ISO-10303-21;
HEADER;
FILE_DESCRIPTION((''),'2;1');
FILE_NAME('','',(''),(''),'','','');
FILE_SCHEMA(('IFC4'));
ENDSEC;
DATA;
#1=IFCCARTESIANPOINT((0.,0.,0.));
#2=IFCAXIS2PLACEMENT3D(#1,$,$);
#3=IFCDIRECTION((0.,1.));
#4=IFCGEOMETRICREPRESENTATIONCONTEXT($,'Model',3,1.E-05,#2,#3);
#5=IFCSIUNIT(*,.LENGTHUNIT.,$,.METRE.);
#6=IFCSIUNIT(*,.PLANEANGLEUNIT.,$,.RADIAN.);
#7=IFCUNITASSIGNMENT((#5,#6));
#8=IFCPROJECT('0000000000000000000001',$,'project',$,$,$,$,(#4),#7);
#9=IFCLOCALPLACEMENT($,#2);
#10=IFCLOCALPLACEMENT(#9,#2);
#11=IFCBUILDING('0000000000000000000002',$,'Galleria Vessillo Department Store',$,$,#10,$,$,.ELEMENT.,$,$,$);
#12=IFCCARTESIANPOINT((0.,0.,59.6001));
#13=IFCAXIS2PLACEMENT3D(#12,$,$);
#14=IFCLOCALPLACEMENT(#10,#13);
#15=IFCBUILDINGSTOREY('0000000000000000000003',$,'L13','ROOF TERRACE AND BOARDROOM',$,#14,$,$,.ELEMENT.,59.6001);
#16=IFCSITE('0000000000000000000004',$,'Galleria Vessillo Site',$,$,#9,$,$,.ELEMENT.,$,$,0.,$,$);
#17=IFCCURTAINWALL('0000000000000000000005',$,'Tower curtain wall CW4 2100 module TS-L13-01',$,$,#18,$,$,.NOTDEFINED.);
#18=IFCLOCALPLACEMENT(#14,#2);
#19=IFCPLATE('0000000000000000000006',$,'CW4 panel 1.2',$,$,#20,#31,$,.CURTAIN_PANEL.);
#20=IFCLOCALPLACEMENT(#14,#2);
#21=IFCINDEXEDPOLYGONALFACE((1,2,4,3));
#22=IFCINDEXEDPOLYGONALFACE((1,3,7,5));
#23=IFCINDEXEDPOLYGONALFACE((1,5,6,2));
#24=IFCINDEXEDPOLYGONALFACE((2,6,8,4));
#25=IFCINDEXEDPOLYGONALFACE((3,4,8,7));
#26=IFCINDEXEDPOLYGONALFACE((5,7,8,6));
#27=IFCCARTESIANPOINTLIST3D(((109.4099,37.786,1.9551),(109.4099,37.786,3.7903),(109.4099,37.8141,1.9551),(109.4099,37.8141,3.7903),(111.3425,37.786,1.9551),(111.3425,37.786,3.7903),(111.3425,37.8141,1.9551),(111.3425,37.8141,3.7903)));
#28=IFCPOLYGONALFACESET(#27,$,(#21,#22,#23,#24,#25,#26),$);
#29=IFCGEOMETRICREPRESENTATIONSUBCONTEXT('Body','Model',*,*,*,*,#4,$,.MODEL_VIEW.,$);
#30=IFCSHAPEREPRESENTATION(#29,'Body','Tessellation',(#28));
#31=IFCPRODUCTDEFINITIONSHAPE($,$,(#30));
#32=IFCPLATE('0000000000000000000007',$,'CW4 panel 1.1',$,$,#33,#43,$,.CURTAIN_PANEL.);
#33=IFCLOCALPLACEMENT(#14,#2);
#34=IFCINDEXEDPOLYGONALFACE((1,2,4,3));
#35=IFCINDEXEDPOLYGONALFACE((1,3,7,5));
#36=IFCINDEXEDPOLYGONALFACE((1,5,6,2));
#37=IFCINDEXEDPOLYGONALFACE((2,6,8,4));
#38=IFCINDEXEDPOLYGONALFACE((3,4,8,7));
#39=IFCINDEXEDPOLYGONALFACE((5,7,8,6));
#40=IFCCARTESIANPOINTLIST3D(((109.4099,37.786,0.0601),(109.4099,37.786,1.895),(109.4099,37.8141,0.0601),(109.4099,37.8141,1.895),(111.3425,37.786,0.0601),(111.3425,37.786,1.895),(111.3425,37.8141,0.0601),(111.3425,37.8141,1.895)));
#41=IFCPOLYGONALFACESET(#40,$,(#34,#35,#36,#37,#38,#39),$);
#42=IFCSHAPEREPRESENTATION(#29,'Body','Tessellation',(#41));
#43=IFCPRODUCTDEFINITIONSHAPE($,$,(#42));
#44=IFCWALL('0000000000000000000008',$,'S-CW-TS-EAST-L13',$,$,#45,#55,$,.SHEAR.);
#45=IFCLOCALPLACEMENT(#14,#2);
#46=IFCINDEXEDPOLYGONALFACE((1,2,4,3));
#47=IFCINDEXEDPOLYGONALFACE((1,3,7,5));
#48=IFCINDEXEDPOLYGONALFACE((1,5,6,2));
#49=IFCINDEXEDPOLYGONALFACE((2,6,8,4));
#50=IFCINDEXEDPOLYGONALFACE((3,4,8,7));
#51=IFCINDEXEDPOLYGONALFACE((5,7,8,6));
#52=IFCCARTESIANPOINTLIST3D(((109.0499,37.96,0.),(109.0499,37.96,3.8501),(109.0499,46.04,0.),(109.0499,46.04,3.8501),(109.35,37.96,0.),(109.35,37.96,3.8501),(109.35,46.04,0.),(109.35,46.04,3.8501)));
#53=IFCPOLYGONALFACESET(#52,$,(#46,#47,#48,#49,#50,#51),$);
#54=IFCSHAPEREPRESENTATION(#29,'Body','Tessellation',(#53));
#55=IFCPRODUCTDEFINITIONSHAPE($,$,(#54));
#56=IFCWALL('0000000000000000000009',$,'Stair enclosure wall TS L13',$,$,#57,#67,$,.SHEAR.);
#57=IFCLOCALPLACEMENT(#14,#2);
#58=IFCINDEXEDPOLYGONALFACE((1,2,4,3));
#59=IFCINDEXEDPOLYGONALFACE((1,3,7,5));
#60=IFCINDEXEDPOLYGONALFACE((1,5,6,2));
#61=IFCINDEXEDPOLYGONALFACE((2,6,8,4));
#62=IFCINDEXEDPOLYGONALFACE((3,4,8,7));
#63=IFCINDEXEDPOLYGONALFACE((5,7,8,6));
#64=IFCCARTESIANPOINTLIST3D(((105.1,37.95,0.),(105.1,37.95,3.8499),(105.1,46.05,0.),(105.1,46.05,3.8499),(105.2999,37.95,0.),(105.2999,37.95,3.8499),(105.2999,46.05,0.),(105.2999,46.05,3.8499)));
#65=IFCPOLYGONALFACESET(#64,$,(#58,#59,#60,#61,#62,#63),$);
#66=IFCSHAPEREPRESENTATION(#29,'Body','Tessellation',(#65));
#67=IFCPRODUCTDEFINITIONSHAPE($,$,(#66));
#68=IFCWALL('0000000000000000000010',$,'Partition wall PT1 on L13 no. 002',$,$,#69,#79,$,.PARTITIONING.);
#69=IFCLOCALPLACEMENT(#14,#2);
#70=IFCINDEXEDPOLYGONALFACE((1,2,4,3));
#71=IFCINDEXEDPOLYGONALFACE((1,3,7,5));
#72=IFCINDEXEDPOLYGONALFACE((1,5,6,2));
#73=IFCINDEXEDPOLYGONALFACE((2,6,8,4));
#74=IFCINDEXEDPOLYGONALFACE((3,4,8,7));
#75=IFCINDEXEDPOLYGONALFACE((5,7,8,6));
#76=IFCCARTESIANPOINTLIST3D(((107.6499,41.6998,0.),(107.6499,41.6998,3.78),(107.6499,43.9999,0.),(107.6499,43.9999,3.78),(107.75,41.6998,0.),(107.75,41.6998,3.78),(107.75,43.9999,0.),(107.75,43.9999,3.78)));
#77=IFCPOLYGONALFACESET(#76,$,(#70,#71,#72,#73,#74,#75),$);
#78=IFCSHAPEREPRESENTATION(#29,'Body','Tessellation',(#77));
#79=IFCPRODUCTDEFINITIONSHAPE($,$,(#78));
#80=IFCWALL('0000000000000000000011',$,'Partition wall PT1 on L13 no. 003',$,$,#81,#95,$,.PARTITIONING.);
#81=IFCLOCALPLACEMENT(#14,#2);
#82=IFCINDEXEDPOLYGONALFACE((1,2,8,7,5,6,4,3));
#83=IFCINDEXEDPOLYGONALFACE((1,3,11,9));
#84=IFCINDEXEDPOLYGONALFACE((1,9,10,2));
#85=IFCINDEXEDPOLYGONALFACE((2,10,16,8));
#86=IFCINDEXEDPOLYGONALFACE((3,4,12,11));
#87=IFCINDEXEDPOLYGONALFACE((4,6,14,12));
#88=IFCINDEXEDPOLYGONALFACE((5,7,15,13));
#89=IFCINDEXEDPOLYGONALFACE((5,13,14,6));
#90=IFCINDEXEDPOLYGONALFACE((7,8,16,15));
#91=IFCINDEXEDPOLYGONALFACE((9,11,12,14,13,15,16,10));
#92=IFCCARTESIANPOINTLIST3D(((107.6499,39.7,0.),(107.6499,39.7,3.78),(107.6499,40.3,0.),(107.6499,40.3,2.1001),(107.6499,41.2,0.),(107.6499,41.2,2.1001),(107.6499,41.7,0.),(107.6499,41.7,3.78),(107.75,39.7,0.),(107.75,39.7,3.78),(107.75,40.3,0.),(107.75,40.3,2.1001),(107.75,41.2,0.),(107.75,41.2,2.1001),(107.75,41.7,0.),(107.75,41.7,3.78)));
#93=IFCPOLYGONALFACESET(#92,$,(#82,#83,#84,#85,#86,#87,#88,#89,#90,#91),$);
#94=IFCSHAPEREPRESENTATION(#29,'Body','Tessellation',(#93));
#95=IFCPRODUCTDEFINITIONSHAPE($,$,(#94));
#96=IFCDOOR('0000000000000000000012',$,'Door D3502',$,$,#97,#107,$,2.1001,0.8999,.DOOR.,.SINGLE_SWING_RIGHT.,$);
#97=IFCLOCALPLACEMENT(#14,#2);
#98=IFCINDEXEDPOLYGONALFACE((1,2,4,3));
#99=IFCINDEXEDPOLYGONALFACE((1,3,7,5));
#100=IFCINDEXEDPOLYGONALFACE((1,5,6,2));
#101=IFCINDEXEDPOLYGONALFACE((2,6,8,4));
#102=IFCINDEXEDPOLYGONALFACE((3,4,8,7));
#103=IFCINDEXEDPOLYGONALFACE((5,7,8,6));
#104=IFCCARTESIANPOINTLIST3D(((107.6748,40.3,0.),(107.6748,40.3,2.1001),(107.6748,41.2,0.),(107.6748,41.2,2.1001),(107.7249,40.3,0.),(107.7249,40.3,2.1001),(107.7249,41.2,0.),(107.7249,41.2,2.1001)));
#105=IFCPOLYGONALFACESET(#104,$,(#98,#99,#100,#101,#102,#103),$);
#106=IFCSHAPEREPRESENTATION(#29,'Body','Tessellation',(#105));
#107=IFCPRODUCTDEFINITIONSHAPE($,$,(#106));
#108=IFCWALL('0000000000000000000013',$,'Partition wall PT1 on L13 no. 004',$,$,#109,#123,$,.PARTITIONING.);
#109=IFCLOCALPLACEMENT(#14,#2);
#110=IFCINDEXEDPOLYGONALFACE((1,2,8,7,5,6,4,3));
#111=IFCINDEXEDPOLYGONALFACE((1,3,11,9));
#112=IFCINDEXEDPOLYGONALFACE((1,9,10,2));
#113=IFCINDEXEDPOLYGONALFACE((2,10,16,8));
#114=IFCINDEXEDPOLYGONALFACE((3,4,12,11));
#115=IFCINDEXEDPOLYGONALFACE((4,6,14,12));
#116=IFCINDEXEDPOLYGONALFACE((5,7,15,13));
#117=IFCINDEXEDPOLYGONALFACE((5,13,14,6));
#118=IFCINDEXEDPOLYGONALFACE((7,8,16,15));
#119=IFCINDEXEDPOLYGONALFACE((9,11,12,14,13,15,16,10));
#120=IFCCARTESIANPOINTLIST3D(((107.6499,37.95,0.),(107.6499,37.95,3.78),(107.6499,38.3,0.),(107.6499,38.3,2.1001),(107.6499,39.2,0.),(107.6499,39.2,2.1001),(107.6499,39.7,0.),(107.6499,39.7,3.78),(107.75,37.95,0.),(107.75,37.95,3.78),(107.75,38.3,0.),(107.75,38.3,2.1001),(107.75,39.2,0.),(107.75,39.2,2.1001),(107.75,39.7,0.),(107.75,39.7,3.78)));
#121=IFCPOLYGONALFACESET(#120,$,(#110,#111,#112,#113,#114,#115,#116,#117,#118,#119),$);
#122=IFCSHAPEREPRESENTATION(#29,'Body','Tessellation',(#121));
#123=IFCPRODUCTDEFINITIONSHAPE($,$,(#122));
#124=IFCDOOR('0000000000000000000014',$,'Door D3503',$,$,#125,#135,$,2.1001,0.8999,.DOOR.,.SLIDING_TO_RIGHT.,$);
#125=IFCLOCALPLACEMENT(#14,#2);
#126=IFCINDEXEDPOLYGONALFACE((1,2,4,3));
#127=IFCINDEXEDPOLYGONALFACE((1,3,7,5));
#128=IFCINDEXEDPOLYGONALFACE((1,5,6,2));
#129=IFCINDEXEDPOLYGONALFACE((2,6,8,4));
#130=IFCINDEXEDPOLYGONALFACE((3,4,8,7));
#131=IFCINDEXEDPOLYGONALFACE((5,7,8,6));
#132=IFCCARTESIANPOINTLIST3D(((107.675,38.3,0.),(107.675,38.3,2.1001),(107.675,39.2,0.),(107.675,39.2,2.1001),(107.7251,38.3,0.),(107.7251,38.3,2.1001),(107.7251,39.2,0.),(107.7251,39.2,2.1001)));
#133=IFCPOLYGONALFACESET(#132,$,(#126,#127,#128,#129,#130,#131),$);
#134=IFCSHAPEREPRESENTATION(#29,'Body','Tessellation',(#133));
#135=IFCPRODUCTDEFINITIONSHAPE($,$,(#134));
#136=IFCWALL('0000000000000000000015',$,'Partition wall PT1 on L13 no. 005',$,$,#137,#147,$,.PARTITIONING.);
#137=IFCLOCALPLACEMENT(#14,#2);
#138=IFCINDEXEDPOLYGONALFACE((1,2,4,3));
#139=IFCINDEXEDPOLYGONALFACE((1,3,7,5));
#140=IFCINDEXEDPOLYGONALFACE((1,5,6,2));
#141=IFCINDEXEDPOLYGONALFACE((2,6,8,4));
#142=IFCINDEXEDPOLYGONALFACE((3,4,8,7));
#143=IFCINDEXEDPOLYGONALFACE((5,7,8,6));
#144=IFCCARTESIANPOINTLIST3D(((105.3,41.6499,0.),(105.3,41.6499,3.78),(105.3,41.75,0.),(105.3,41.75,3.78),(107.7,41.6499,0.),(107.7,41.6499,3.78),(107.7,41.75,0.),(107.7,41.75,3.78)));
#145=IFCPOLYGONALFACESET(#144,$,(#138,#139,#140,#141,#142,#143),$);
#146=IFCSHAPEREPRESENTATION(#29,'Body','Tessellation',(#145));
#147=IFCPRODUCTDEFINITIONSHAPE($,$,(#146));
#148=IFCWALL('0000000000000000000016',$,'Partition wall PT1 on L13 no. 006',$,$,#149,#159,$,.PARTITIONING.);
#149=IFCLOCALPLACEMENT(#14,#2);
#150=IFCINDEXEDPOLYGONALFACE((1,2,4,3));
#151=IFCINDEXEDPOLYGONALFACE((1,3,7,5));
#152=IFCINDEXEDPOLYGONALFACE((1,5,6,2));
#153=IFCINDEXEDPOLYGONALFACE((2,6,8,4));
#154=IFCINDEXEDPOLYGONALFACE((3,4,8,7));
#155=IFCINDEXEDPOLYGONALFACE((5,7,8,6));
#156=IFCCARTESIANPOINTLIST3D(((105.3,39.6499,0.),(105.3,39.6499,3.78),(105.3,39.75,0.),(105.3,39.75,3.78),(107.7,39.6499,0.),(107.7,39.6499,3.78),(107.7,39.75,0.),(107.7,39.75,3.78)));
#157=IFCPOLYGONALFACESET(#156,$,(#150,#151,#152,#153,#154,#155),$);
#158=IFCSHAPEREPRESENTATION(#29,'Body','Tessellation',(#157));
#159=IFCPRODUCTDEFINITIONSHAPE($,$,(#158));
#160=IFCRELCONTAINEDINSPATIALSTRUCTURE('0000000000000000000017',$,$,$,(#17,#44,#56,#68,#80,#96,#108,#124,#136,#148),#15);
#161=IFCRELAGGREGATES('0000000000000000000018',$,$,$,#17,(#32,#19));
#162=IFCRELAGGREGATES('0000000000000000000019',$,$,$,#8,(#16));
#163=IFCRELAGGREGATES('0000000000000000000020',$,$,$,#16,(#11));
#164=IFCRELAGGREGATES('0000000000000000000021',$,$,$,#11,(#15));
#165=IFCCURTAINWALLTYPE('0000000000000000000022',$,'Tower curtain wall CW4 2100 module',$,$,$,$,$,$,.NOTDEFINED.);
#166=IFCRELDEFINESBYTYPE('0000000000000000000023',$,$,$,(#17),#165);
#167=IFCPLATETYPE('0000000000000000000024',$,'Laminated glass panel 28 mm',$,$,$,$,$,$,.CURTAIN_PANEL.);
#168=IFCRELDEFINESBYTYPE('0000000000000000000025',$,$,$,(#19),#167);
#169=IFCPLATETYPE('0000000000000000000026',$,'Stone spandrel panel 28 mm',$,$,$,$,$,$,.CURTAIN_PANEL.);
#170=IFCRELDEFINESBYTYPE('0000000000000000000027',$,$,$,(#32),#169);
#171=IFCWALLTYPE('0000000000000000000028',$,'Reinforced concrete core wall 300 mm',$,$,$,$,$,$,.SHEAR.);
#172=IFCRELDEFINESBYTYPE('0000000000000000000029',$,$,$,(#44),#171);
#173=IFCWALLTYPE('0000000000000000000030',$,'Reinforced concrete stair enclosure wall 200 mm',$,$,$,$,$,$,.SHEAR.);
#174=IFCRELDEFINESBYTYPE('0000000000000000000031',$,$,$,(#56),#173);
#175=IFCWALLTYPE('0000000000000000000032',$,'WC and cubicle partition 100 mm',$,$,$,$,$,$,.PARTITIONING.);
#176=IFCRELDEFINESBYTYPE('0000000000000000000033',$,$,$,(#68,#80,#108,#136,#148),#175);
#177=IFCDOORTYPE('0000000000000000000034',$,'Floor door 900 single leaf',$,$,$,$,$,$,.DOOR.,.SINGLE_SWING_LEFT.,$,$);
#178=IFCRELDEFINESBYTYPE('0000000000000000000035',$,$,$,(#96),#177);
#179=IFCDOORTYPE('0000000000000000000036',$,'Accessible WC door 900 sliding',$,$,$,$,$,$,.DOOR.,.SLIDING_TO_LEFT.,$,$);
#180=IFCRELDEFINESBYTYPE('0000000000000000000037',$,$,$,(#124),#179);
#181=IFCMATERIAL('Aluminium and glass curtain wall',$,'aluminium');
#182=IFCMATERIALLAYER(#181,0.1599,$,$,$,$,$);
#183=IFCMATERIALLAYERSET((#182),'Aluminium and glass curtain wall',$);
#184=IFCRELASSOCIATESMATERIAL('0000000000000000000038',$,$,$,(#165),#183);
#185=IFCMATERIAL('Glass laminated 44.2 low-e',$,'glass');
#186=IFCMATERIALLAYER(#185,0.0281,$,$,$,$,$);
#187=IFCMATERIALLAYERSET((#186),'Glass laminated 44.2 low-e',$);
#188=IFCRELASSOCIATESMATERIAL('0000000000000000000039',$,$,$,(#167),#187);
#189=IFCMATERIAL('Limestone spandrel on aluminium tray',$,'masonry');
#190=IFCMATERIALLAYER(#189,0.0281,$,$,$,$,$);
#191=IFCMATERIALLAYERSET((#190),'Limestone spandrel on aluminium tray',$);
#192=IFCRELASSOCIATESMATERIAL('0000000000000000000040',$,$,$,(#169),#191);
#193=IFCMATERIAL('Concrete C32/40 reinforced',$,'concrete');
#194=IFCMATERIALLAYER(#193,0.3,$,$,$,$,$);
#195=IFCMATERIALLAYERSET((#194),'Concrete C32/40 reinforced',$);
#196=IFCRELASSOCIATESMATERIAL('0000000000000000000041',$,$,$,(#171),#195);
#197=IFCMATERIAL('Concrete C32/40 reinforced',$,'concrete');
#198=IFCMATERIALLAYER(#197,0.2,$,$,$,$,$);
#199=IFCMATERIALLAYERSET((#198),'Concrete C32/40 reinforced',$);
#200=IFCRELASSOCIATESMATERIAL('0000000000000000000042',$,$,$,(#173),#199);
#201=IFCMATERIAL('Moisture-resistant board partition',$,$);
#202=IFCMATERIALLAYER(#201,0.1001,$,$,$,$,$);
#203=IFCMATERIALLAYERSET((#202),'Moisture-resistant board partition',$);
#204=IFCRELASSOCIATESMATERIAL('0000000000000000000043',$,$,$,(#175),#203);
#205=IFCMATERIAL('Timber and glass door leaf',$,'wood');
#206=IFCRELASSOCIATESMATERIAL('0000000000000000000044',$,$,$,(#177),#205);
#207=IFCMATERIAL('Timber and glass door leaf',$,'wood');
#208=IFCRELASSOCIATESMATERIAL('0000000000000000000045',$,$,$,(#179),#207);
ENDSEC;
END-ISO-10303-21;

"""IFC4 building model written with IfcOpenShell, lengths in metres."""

from ifc_helpers import new_model, si_unit, direction, frame, frame_2d, origin, origin_2d, place, context, subcontext, project, spatial, rectangle, extrude, material, layer, layer_set, type_object, element, fill, aggregate, save


model = new_model("IFC4")

# Units and contexts
model_context = context("Model", 3, precision=1e-05, world=origin(), true_north=direction((0.0, 1.0)))
body_context = subcontext(model_context, "Body", "Model", "MODEL_VIEW")
ifc_project = project(units=[si_unit("LENGTHUNIT", "METRE"), si_unit("PLANEANGLEUNIT", "RADIAN")], contexts=[model_context])

# Site, building, storey
site_placement = place(None, origin())
site = spatial("IfcSite", under=ifc_project, at=site_placement, Name="Galleria Vessillo Site", CompositionType="ELEMENT", RefElevation=0.0)
building_placement = place(site_placement, origin())
building = spatial("IfcBuilding", under=site, at=building_placement, Name="Galleria Vessillo Department Store", CompositionType="ELEMENT")
storey_placement = place(building_placement, frame((0.0, 0.0, 59.6001)))
storey = spatial("IfcBuildingStorey", under=building, at=storey_placement, Name="L13", Description="ROOF TERRACE AND BOARDROOM", CompositionType="ELEMENT", Elevation=59.6001)

# Curtain wall
ifc_material_1 = material(Name="Aluminium and glass curtain wall", Category="aluminium")
ifc_layer_1 = layer(ifc_material_1, 0.1599)
ifc_layer_set_1 = layer_set([ifc_layer_1], Name="Aluminium and glass curtain wall")
curtain_wall_type = type_object("IfcCurtainWallType", Name="Tower curtain wall CW4 2100 module", PredefinedType="NOTDEFINED", material=ifc_layer_set_1)
curtain_wall_placement = place(storey_placement, origin())
curtain_wall = element("IfcCurtainWall", 1, at=curtain_wall_placement, inside=storey, type_object=curtain_wall_type, Name="Tower curtain wall CW4 2100 module TS-L13-01", PredefinedType="NOTDEFINED")

# Plates
ifc_material_2 = material(Name="Glass laminated 44.2 low-e", Category="glass")
ifc_layer_2 = layer(ifc_material_2, 0.0281)
ifc_layer_set_2 = layer_set([ifc_layer_2], Name="Glass laminated 44.2 low-e")
plate_type_1 = type_object("IfcPlateType", Name="Laminated glass panel 28 mm", PredefinedType="CURTAIN_PANEL", material=ifc_layer_set_2)
plate_1_placement = place(storey_placement, frame((110.3762, 37.8, 1.9551), z_axis=(0.0, 0.0, 1.0), x_axis=(1.0, 0.0, 0.0)))
plate_1 = element("IfcPlate", 2, at=plate_1_placement, type_object=plate_type_1, Name="CW4 panel 1.2", PredefinedType="CURTAIN_PANEL", context=body_context, shape_type="SweptSolid", body=[
    extrude(rectangle(XDim=1.9326, YDim=0.0281, at=origin_2d()), origin(), (0.0, 0.0, 1.0), 1.8352),
])
ifc_material_3 = material(Name="Limestone spandrel on aluminium tray", Category="masonry")
ifc_layer_3 = layer(ifc_material_3, 0.0281)
ifc_layer_set_3 = layer_set([ifc_layer_3], Name="Limestone spandrel on aluminium tray")
plate_type_2 = type_object("IfcPlateType", Name="Stone spandrel panel 28 mm", PredefinedType="CURTAIN_PANEL", material=ifc_layer_set_3)
plate_2_placement = place(storey_placement, frame((110.3762, 37.8, 0.0601), z_axis=(0.0, 0.0, 1.0), x_axis=(1.0, 0.0, 0.0)))
plate_2 = element("IfcPlate", 3, at=plate_2_placement, type_object=plate_type_2, Name="CW4 panel 1.1", PredefinedType="CURTAIN_PANEL", context=body_context, shape_type="SweptSolid", body=[
    extrude(rectangle(XDim=1.9326, YDim=0.0281, at=origin_2d()), origin(), (0.0, 0.0, 1.0), 1.835),
])
aggregate(curtain_wall, [plate_2, plate_1])

# Walls
ifc_material_4 = material(Name="Concrete C32/40 reinforced", Category="concrete")
ifc_layer_4 = layer(ifc_material_4, 0.3)
ifc_layer_set_4 = layer_set([ifc_layer_4], Name="Concrete C32/40 reinforced")
wall_type_1 = type_object("IfcWallType", Name="Reinforced concrete core wall 300 mm", PredefinedType="SHEAR", material=ifc_layer_set_4)
wall_1_placement = place(storey_placement, frame((109.2, 37.96, 0.0), z_axis=(0.0, 0.0, 1.0), x_axis=(0.0, 1.0, 0.0)))
element("IfcWall", 4, at=wall_1_placement, inside=storey, type_object=wall_type_1, Name="S-CW-TS-EAST-L13", PredefinedType="SHEAR", context=body_context, shape_type="SweptSolid", body=[
    extrude(rectangle(XDim=8.0801, YDim=0.3, at=frame_2d((4.04, 0.0))), origin(), (0.0, 0.0, 1.0), 3.8501),
])
ifc_material_5 = material(Name="Concrete C32/40 reinforced", Category="concrete")
ifc_layer_5 = layer(ifc_material_5, 0.2)
ifc_layer_set_5 = layer_set([ifc_layer_5], Name="Concrete C32/40 reinforced")
wall_type_2 = type_object("IfcWallType", Name="Reinforced concrete stair enclosure wall 200 mm", PredefinedType="SHEAR", material=ifc_layer_set_5)
wall_2_placement = place(storey_placement, frame((105.2, 37.95, 0.0), z_axis=(0.0, 0.0, 1.0), x_axis=(0.0, 1.0, 0.0)))
element("IfcWall", 5, at=wall_2_placement, inside=storey, type_object=wall_type_2, Name="Stair enclosure wall TS L13", PredefinedType="SHEAR", context=body_context, shape_type="SweptSolid", body=[
    extrude(rectangle(XDim=8.1001, YDim=0.2, at=frame_2d((4.05, 0.0))), origin(), (0.0, 0.0, 1.0), 3.8499),
])
ifc_material_6 = material(Name="Moisture-resistant board partition")
ifc_layer_6 = layer(ifc_material_6, 0.1001)
ifc_layer_set_6 = layer_set([ifc_layer_6], Name="Moisture-resistant board partition")
wall_type_3 = type_object("IfcWallType", Name="WC and cubicle partition 100 mm", PredefinedType="PARTITIONING", material=ifc_layer_set_6)
wall_3_placement = place(storey_placement, frame((107.7, 41.7, 0.0), z_axis=(0.0, 0.0, 1.0), x_axis=(0.0, 1.0, 0.0)))
element("IfcWall", 6, at=wall_3_placement, inside=storey, type_object=wall_type_3, Name="Partition wall PT1 on L13 no. 002", PredefinedType="PARTITIONING", context=body_context, shape_type="SweptSolid", body=[
    extrude(rectangle(XDim=2.3, YDim=0.1001, at=frame_2d((1.1499, 0.0))), origin(), (0.0, 0.0, 1.0), 3.78),
])

# Walls, openings, doors
wall_4_placement = place(storey_placement, frame((107.7, 39.7, 0.0), z_axis=(0.0, 0.0, 1.0), x_axis=(0.0, 1.0, 0.0)))
wall_4 = element("IfcWall", 7, at=wall_4_placement, inside=storey, type_object=wall_type_3, Name="Partition wall PT1 on L13 no. 003", PredefinedType="PARTITIONING", context=body_context, shape_type="SweptSolid", body=[
    extrude(rectangle(XDim=2.0, YDim=0.1001, at=frame_2d((1.0, 0.0))), origin(), (0.0, 0.0, 1.0), 3.78),
])
opening_1_placement = place(wall_4_placement, frame((0.6001, 0.0, 0.0)))
opening_1 = element("IfcOpeningElement", 8, at=opening_1_placement, cuts=wall_4, PredefinedType="OPENING", context=body_context, shape_type="SweptSolid", body=[
    extrude(rectangle(XDim=0.8999, YDim=2.1001, at=frame_2d((0.45, 1.05))), frame((0.0, 0.0601, 0.0), z_axis=(0.0, -1.0, 0.0), x_axis=(1.0, 0.0, 0.0)), (0.0, 0.0, 1.0), 0.1201),
])
ifc_material_7 = material(Name="Timber and glass door leaf", Category="wood")
door_type_1 = type_object("IfcDoorType", Name="Floor door 900 single leaf", OperationType="SINGLE_SWING_LEFT", PredefinedType="DOOR", material=ifc_material_7)
door_1_placement = place(opening_1_placement, frame((0.8999, 0.0, 0.0), z_axis=(0.0, 0.0, 1.0), x_axis=(-1.0, 0.0, 0.0)))
door_1 = element("IfcDoor", 9, at=door_1_placement, inside=storey, type_object=door_type_1, Name="Door D3502", OperationType="SINGLE_SWING_RIGHT", OverallHeight=2.1001, OverallWidth=0.8999, PredefinedType="DOOR", context=body_context, shape_type="SweptSolid", body=[
    extrude(rectangle(XDim=0.8999, YDim=2.1001, at=frame_2d((0.45, 1.05))), frame((0.0, 0.0249, 0.0), z_axis=(0.0, -1.0, 0.0), x_axis=(1.0, 0.0, 0.0)), (0.0, 0.0, 1.0), 0.05),
])
fill(opening_1, door_1)
wall_5_placement = place(storey_placement, frame((107.7, 37.95, 0.0), z_axis=(0.0, 0.0, 1.0), x_axis=(0.0, 1.0, 0.0)))
wall_5 = element("IfcWall", 10, at=wall_5_placement, inside=storey, type_object=wall_type_3, Name="Partition wall PT1 on L13 no. 004", PredefinedType="PARTITIONING", context=body_context, shape_type="SweptSolid", body=[
    extrude(rectangle(XDim=1.75, YDim=0.1001, at=frame_2d((0.875, 0.0))), origin(), (0.0, 0.0, 1.0), 3.78),
])
opening_2_placement = place(wall_5_placement, frame((0.3501, 0.0, 0.0)))
opening_2 = element("IfcOpeningElement", 11, at=opening_2_placement, cuts=wall_5, PredefinedType="OPENING", context=body_context, shape_type="SweptSolid", body=[
    extrude(rectangle(XDim=0.8999, YDim=2.1001, at=frame_2d((0.45, 1.05))), frame((0.0, 0.0601, 0.0), z_axis=(0.0, -1.0, 0.0), x_axis=(1.0, 0.0, 0.0)), (0.0, 0.0, 1.0), 0.1201),
])
ifc_material_8 = material(Name="Timber and glass door leaf", Category="wood")
door_type_2 = type_object("IfcDoorType", Name="Accessible WC door 900 sliding", OperationType="SLIDING_TO_LEFT", PredefinedType="DOOR", material=ifc_material_8)
door_2_placement = place(opening_2_placement, origin())
door_2 = element("IfcDoor", 12, at=door_2_placement, inside=storey, type_object=door_type_2, Name="Door D3503", OperationType="SLIDING_TO_RIGHT", OverallHeight=2.1001, OverallWidth=0.8999, PredefinedType="DOOR", context=body_context, shape_type="SweptSolid", body=[
    extrude(rectangle(XDim=0.8999, YDim=2.1001, at=frame_2d((0.45, 1.05))), frame((0.0, 0.0249, 0.0), z_axis=(0.0, -1.0, 0.0), x_axis=(1.0, 0.0, 0.0)), (0.0, 0.0, 1.0), 0.05),
])
fill(opening_2, door_2)

# Walls
for number, where, z_axis, x_axis, name in (
    (13, (105.3, 41.7, 0.0), (0.0, 0.0, 1.0), (1.0, 0.0, 0.0), "Partition wall PT1 on L13 no. 005"),
    (14, (105.3, 39.7, 0.0), (0.0, 0.0, 1.0), (1.0, 0.0, 0.0), "Partition wall PT1 on L13 no. 006"),
):
    element("IfcWall", number, at=place(storey_placement, frame(where, z_axis=z_axis, x_axis=x_axis)), inside=storey, type_object=wall_type_3, Name=name, PredefinedType="PARTITIONING", context=body_context, shape_type="SweptSolid", body=[
        extrude(rectangle(XDim=2.3999, YDim=0.1001, at=frame_2d((1.2, 0.0))), origin(), (0.0, 0.0, 1.0), 3.78),
    ])

save(model, "model.ifc")
